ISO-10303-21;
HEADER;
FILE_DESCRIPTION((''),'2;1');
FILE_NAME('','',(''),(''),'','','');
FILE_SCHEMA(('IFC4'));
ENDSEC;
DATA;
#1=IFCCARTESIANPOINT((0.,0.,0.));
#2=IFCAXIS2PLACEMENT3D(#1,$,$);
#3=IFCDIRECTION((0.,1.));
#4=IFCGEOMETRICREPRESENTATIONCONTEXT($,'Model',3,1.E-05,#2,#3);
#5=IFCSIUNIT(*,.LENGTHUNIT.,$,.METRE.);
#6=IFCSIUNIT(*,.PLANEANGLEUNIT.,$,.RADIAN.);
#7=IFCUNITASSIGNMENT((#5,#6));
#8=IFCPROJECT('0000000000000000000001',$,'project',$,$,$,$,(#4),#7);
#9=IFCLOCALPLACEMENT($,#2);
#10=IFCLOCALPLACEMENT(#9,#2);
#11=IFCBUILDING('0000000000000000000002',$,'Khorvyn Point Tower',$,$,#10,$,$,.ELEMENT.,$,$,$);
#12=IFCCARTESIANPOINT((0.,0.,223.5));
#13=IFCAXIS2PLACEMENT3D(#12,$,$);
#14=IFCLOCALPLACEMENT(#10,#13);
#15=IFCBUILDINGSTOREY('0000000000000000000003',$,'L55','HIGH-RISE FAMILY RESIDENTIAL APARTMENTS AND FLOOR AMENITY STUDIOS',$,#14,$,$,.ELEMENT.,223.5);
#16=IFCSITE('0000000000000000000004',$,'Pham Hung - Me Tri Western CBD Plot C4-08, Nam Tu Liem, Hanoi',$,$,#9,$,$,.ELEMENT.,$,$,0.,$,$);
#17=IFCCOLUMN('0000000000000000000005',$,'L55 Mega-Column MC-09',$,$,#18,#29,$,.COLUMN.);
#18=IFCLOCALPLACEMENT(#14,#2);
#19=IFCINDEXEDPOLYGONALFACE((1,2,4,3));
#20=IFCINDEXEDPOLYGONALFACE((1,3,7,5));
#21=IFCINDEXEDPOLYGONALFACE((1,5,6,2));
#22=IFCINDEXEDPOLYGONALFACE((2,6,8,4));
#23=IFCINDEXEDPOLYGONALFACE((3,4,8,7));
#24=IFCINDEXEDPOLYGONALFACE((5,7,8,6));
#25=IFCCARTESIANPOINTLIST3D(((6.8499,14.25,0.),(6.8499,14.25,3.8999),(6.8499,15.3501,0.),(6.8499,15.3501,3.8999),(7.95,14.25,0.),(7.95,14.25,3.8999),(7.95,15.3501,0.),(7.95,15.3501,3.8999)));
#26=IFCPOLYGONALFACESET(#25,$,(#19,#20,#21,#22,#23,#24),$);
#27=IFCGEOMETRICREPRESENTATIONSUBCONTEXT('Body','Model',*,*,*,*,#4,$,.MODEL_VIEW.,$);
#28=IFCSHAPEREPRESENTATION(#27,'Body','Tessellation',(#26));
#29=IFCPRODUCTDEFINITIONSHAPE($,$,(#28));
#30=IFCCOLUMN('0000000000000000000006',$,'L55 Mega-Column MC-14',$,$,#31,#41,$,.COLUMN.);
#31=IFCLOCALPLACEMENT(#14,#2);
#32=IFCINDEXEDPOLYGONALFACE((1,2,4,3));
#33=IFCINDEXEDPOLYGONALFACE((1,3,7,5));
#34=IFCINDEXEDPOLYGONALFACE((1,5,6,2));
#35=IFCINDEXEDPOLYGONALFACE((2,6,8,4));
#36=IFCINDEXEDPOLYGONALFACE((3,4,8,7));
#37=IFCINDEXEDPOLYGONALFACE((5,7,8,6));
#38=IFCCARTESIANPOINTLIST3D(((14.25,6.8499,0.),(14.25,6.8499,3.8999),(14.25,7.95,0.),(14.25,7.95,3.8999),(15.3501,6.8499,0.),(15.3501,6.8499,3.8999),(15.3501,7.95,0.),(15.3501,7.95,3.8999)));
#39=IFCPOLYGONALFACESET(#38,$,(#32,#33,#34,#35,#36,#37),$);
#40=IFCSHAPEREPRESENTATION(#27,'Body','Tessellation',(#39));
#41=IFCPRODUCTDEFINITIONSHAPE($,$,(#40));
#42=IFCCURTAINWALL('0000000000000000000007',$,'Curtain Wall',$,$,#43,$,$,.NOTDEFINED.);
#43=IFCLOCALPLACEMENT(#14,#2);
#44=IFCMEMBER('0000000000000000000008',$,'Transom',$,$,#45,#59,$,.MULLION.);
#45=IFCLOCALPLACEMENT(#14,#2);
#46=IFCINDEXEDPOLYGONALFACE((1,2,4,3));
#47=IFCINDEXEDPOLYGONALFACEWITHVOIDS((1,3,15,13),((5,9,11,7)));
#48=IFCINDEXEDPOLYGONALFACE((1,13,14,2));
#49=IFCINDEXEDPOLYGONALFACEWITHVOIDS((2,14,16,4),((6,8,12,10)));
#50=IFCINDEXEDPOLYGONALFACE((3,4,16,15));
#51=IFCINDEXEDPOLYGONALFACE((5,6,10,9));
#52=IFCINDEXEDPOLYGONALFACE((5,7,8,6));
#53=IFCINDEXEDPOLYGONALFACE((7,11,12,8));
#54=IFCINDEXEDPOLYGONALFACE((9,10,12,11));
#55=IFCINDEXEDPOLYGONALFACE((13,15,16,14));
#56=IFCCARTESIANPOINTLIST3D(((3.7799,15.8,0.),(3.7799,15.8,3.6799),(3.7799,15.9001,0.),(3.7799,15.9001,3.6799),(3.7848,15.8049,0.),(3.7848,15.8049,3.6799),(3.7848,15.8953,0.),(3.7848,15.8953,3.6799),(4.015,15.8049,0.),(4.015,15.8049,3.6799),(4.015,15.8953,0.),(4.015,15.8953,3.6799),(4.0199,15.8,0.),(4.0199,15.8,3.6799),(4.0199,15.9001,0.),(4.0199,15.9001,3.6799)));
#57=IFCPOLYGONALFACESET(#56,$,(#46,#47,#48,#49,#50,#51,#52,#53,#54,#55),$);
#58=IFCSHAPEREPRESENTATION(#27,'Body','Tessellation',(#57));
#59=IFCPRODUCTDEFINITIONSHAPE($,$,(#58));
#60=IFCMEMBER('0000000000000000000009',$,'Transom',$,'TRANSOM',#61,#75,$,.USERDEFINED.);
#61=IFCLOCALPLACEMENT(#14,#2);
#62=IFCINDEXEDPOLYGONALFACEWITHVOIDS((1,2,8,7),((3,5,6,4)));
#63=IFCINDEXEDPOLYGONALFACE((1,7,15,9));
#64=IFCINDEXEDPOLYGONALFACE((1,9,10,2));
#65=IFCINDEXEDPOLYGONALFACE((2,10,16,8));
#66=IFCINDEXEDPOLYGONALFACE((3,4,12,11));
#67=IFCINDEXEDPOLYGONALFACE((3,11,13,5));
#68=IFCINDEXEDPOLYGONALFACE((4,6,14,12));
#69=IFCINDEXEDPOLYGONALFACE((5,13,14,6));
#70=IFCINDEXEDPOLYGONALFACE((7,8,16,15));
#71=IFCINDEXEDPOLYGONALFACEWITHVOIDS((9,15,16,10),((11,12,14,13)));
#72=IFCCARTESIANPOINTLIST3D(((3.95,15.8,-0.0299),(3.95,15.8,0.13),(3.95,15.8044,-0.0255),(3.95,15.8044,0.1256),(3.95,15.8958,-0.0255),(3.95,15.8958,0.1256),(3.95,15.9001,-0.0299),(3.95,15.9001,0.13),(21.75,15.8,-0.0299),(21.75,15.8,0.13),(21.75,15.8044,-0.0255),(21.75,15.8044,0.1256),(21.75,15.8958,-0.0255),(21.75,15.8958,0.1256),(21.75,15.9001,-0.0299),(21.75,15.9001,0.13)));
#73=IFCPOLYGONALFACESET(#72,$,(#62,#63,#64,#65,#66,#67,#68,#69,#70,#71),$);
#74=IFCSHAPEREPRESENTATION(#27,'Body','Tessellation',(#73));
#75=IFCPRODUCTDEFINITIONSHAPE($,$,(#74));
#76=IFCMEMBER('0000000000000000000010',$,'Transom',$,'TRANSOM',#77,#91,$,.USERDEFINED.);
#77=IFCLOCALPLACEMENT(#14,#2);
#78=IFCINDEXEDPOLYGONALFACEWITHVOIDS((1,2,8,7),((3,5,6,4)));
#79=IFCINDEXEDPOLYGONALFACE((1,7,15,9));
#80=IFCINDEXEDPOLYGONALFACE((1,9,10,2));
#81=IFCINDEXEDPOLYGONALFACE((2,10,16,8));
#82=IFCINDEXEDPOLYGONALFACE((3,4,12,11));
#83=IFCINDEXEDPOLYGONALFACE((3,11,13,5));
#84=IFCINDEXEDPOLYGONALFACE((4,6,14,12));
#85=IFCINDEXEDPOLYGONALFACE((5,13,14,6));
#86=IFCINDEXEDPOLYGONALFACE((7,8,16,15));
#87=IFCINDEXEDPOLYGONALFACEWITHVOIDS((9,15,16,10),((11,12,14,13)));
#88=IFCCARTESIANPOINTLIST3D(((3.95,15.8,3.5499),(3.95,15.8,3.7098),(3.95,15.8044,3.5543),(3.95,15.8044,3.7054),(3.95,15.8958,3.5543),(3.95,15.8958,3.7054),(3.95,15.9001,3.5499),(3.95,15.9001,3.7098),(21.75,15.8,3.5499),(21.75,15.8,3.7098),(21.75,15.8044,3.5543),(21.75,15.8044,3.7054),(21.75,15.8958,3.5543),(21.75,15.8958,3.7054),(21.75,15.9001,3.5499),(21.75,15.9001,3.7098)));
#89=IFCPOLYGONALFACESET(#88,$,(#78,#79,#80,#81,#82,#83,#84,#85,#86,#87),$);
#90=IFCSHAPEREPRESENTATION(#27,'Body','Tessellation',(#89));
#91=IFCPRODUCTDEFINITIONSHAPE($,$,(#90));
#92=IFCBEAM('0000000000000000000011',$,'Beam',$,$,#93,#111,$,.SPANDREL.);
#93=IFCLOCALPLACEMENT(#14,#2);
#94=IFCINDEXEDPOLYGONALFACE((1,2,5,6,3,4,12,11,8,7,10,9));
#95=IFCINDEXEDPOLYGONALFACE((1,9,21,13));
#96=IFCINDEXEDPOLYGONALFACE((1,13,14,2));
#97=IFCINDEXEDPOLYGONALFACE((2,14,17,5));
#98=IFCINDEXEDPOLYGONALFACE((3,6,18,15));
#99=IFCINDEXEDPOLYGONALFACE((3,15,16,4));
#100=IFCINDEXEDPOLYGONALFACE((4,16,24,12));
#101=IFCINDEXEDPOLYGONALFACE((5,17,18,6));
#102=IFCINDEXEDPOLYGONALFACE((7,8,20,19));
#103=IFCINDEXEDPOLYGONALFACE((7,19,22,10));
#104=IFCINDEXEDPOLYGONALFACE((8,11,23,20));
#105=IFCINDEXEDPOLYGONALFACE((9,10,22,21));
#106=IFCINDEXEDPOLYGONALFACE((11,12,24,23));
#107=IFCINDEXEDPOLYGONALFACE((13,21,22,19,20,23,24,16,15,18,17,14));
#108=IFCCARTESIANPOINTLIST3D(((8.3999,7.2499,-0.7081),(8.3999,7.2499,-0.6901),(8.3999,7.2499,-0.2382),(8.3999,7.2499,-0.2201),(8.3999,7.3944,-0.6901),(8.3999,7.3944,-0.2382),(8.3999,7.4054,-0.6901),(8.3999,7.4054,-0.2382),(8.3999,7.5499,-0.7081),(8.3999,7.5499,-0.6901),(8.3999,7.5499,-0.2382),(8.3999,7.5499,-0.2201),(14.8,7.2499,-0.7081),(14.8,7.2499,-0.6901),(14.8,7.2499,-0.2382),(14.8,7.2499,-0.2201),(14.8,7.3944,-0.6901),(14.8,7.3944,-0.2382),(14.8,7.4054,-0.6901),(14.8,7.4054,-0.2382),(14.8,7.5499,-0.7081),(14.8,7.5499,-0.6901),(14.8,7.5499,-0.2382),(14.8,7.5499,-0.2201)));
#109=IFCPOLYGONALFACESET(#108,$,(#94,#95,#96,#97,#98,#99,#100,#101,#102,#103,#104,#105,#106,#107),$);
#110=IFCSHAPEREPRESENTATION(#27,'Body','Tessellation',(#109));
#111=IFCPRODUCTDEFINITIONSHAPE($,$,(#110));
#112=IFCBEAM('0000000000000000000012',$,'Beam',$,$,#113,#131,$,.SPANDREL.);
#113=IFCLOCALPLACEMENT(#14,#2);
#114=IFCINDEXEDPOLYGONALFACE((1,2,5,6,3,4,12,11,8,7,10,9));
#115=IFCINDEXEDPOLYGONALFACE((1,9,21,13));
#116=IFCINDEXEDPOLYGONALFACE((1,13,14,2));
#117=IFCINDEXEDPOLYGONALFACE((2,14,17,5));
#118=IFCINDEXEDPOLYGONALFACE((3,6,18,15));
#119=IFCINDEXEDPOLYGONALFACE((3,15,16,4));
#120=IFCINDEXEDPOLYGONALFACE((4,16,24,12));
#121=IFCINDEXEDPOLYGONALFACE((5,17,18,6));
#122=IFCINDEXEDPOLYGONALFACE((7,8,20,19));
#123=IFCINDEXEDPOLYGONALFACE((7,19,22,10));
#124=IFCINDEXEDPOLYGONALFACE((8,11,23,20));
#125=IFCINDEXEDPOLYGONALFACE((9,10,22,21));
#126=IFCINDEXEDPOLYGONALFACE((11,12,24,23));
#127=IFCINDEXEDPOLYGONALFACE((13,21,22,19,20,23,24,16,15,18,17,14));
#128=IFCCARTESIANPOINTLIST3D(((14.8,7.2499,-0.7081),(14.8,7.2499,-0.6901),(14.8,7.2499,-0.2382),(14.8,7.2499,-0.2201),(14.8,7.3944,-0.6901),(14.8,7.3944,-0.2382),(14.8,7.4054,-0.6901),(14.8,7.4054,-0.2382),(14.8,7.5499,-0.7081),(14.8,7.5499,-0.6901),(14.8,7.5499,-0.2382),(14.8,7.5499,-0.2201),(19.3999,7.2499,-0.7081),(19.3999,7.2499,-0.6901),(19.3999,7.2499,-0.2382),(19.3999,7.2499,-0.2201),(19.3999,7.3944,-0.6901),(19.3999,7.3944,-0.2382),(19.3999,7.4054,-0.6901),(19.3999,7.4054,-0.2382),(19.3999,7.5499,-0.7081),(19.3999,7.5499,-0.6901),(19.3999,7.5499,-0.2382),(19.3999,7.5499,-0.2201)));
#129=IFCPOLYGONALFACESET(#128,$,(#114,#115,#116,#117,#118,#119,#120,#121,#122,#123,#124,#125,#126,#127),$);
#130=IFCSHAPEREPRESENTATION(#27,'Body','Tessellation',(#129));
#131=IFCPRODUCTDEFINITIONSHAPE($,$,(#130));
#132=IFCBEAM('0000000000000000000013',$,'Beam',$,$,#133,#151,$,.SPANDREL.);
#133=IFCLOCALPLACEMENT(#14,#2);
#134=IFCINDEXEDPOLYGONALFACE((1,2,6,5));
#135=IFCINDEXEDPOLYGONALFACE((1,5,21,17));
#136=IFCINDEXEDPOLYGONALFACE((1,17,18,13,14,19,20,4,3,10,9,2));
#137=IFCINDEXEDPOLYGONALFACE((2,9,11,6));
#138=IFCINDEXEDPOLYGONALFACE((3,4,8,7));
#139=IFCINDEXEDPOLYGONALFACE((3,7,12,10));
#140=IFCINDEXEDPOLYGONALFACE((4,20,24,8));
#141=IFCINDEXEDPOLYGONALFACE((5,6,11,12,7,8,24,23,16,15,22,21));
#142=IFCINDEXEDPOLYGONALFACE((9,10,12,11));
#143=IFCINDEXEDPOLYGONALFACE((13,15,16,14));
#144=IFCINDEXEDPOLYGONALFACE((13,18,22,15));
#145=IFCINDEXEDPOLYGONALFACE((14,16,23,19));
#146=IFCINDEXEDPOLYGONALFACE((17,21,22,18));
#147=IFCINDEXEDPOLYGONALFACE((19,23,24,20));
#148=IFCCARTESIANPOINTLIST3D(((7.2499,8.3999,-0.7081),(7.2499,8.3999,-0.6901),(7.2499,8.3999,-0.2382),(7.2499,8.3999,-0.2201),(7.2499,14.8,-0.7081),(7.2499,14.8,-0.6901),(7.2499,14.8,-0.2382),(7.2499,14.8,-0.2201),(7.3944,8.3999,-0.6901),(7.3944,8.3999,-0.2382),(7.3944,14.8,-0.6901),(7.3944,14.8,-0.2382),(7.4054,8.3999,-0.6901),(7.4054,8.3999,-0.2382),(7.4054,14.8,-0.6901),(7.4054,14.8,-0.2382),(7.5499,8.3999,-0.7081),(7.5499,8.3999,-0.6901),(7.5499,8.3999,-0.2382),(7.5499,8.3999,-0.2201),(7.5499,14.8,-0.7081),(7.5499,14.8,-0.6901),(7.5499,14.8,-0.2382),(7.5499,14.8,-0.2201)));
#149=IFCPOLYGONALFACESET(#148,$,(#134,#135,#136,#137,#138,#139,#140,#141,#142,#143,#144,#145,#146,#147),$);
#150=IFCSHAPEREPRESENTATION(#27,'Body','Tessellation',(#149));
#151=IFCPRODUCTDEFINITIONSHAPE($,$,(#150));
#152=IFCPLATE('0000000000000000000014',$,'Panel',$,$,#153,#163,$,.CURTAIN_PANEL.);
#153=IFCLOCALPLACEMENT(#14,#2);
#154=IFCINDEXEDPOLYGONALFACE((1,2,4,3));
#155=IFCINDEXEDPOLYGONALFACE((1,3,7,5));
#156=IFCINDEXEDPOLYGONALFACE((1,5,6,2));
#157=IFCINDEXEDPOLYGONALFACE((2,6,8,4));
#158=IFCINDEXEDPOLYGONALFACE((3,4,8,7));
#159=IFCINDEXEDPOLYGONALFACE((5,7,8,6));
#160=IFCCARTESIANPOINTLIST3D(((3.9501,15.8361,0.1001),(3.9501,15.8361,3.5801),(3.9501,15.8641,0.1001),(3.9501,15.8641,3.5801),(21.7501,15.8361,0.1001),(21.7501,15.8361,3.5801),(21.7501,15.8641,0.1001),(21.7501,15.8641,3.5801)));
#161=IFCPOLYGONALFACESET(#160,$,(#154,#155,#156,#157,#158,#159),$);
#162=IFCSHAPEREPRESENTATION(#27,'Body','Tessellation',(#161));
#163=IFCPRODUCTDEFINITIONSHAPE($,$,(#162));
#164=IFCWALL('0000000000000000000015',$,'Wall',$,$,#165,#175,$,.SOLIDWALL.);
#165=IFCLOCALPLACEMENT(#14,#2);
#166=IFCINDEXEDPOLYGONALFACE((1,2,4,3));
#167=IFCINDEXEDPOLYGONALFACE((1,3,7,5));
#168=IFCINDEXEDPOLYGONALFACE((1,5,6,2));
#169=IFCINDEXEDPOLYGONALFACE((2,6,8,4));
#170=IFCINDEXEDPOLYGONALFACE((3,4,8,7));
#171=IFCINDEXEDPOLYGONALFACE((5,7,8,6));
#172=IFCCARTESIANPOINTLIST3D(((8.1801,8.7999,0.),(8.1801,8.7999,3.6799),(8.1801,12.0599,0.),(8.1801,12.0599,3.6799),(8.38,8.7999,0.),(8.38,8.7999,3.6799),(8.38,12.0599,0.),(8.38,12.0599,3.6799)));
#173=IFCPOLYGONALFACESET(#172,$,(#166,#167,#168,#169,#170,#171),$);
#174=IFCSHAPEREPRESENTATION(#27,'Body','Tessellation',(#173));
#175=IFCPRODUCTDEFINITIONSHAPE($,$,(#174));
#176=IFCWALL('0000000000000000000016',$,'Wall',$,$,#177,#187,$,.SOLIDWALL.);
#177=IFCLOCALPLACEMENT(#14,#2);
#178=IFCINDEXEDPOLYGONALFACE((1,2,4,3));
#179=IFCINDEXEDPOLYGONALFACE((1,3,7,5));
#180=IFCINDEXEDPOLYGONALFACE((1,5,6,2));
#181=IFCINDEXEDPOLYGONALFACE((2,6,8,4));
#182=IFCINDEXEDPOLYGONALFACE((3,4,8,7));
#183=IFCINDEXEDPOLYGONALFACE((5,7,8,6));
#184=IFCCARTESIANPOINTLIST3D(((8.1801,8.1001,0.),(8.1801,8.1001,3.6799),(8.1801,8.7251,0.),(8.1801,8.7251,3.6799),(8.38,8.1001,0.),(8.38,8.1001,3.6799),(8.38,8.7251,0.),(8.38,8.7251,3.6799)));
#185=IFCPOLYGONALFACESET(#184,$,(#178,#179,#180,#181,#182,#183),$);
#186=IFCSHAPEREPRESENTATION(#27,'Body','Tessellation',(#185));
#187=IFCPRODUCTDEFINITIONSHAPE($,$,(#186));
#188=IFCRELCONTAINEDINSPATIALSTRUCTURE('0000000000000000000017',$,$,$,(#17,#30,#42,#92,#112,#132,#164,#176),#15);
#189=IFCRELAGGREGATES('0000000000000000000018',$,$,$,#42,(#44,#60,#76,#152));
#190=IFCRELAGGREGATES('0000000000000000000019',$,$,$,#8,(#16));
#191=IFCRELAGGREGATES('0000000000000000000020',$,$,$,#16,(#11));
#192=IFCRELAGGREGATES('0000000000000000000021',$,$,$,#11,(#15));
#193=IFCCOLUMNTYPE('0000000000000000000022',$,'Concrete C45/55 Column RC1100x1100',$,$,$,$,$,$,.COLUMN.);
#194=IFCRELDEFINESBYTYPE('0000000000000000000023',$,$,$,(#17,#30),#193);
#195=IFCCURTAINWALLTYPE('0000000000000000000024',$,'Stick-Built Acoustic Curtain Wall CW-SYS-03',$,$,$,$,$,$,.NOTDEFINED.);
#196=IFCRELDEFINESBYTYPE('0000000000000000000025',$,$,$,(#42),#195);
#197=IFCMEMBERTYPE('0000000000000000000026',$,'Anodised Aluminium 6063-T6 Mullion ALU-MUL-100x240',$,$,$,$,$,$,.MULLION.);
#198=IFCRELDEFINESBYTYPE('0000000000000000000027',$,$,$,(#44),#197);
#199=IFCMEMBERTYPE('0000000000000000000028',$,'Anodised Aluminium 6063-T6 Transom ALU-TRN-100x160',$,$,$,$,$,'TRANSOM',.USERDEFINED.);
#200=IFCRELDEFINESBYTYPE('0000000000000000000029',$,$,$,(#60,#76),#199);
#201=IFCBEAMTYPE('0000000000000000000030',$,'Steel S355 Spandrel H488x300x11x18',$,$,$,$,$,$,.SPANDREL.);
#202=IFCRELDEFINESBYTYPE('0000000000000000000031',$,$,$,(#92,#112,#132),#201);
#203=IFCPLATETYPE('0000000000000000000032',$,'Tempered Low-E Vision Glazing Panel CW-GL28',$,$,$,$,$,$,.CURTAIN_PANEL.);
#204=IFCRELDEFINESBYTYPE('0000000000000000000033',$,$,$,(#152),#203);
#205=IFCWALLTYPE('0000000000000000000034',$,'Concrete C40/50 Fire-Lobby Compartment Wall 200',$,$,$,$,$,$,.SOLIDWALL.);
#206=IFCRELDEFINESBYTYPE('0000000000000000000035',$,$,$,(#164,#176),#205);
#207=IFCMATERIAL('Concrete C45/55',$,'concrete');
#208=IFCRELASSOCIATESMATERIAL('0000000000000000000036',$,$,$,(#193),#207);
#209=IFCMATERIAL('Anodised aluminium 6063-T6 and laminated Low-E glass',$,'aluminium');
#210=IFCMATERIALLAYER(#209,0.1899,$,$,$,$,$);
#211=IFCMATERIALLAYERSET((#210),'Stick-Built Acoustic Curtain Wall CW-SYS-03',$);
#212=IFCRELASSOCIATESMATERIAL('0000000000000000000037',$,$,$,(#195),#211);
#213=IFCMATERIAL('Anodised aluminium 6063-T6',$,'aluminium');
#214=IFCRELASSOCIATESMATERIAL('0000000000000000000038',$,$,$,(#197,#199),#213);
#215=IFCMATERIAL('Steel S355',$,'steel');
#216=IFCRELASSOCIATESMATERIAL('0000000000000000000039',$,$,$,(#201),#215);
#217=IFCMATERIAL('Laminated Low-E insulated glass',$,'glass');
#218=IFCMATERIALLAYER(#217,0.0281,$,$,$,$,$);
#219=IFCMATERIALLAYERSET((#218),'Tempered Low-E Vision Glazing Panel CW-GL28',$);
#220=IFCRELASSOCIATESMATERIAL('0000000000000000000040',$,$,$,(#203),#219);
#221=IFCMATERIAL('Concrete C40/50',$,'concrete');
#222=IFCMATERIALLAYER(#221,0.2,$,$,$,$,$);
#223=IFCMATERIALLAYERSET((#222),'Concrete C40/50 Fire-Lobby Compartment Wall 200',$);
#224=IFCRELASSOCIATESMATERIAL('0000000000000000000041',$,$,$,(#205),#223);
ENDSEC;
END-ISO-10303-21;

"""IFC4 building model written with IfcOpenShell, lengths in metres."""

from ifc_helpers import new_model, si_unit, direction, frame, frame_2d, origin, origin_2d, place, context, subcontext, project, spatial, rectangle, hollow_rectangle, i_section, extrude, material, layer, layer_set, material_profile, profile_set, type_object, element, aggregate, save


model = new_model("IFC4")

# Units and contexts
model_context = context("Model", 3, precision=1e-05, world=origin(), true_north=direction((0.0, 1.0)))
body_context = subcontext(model_context, "Body", "Model", "MODEL_VIEW")
ifc_project = project(units=[si_unit("LENGTHUNIT", "METRE"), si_unit("PLANEANGLEUNIT", "RADIAN")], contexts=[model_context])

# Site, building, storey
site_placement = place(None, origin())
site = spatial("IfcSite", under=ifc_project, at=site_placement, Name="Pham Hung - Me Tri Western CBD Plot C4-08, Nam Tu Liem, Hanoi", CompositionType="ELEMENT", RefElevation=0.0)
building_placement = place(site_placement, origin())
building = spatial("IfcBuilding", under=site, at=building_placement, Name="Khorvyn Point Tower", CompositionType="ELEMENT")
storey_placement = place(building_placement, frame((0.0, 0.0, 223.5)))
storey = spatial("IfcBuildingStorey", under=building, at=storey_placement, Name="L55", Description="HIGH-RISE FAMILY RESIDENTIAL APARTMENTS AND FLOOR AMENITY STUDIOS", CompositionType="ELEMENT", Elevation=223.5)

# Columns
ifc_material_1 = material(Name="Concrete C45/55", Category="concrete")
ifc_material_profile_1 = material_profile(ifc_material_1, rectangle(XDim=1.1001, YDim=1.1001, at=origin_2d()))
ifc_profile_set_1 = profile_set([ifc_material_profile_1], Name="Concrete C45/55 RC1100x1100")
column_type = type_object("IfcColumnType", Name="Concrete C45/55 Column RC1100x1100", PredefinedType="COLUMN", material=ifc_profile_set_1)
for number, where, z_axis, x_axis, name in (
    (1, (7.3999, 14.8, 0.0), (0.0, 0.0, 1.0), (1.0, 0.0, 0.0), "L55 Mega-Column MC-09"),
    (2, (14.8, 7.3999, 0.0), (0.0, 0.0, 1.0), (1.0, 0.0, 0.0), "L55 Mega-Column MC-14"),
):
    element("IfcColumn", number, at=place(storey_placement, frame(where, z_axis=z_axis, x_axis=x_axis)), inside=storey, type_object=column_type, Name=name, PredefinedType="COLUMN", context=body_context, shape_type="SweptSolid", body=[
        extrude(rectangle(XDim=1.1001, YDim=1.1001, at=origin_2d()), origin(), (0.0, 0.0, 1.0), 3.8999),
    ])

# Curtain wall, members
ifc_material_2 = material(Name="Anodised aluminium 6063-T6 and laminated Low-E glass", Category="aluminium")
ifc_layer_1 = layer(ifc_material_2, 0.1899)
ifc_layer_set_1 = layer_set([ifc_layer_1], Name="Stick-Built Acoustic Curtain Wall CW-SYS-03")
curtain_wall_type = type_object("IfcCurtainWallType", Name="Stick-Built Acoustic Curtain Wall CW-SYS-03", PredefinedType="NOTDEFINED", material=ifc_layer_set_1)
curtain_wall_placement = place(storey_placement, origin())
curtain_wall = element("IfcCurtainWall", 3, at=curtain_wall_placement, inside=storey, type_object=curtain_wall_type, Name="Curtain Wall", PredefinedType="NOTDEFINED")
ifc_material_3 = material(Name="Anodised aluminium 6063-T6", Category="aluminium")
ifc_material_profile_2 = material_profile(ifc_material_3, hollow_rectangle(XDim=0.1001, YDim=0.24, WallThickness=0.0049, at=origin_2d()))
ifc_profile_set_2 = profile_set([ifc_material_profile_2], Name="Anodised aluminium 6063-T6 ALU-MUL-100x240")
member_type_1 = type_object("IfcMemberType", Name="Anodised Aluminium 6063-T6 Mullion ALU-MUL-100x240", PredefinedType="MULLION", material=ifc_profile_set_2)
member_1_placement = place(storey_placement, frame((3.8999, 15.8501, 0.0), z_axis=(0.0, 0.0, 1.0), x_axis=(0.0, 1.0, 0.0)))
member_1 = element("IfcMember", 4, at=member_1_placement, type_object=member_type_1, Name="Transom", PredefinedType="MULLION", context=body_context, shape_type="SweptSolid", body=[
    extrude(hollow_rectangle(XDim=0.1001, YDim=0.24, WallThickness=0.0049, at=origin_2d()), origin(), (0.0, 0.0, 1.0), 3.6799),
])
ifc_material_profile_3 = material_profile(ifc_material_3, hollow_rectangle(XDim=0.1001, YDim=0.1599, WallThickness=0.0044, at=origin_2d()))
ifc_profile_set_3 = profile_set([ifc_material_profile_3], Name="Anodised aluminium 6063-T6 ALU-TRN-100x160")
member_type_2 = type_object("IfcMemberType", Name="Anodised Aluminium 6063-T6 Transom ALU-TRN-100x160", ElementType="TRANSOM", PredefinedType="USERDEFINED", material=ifc_profile_set_3)
member_2_placement = place(storey_placement, frame((3.95, 15.8501, 0.05), z_axis=(1.0, 0.0, 0.0), x_axis=(0.0, 1.0, 0.0)))
member_2 = element("IfcMember", 5, at=member_2_placement, type_object=member_type_2, Name="Transom", ObjectType="TRANSOM", PredefinedType="USERDEFINED", context=body_context, shape_type="SweptSolid", body=[
    extrude(hollow_rectangle(XDim=0.1001, YDim=0.1599, WallThickness=0.0044, at=origin_2d()), origin(), (0.0, 0.0, 1.0), 17.8),
])
member_3_placement = place(storey_placement, frame((3.95, 15.8501, 3.6299), z_axis=(1.0, 0.0, 0.0), x_axis=(0.0, 1.0, 0.0)))
member_3 = element("IfcMember", 6, at=member_3_placement, type_object=member_type_2, Name="Transom", ObjectType="TRANSOM", PredefinedType="USERDEFINED", context=body_context, shape_type="SweptSolid", body=[
    extrude(hollow_rectangle(XDim=0.1001, YDim=0.1599, WallThickness=0.0044, at=origin_2d()), origin(), (0.0, 0.0, 1.0), 17.8),
])

# Beams
ifc_material_4 = material(Name="Steel S355", Category="steel")
ifc_material_profile_4 = material_profile(ifc_material_4, i_section(OverallWidth=0.3, OverallDepth=0.488, WebThickness=0.011, FlangeThickness=0.0181, at=origin_2d()))
ifc_profile_set_4 = profile_set([ifc_material_profile_4], Name="Steel S355 H488x300x11x18")
beam_type = type_object("IfcBeamType", Name="Steel S355 Spandrel H488x300x11x18", PredefinedType="SPANDREL", material=ifc_profile_set_4)
beam_1_placement = place(storey_placement, frame((8.3999, 7.3999, -0.4641), z_axis=(1.0, 0.0, 0.0), x_axis=(0.0, 1.0, 0.0)))
element("IfcBeam", 7, at=beam_1_placement, inside=storey, type_object=beam_type, Name="Beam", PredefinedType="SPANDREL", context=body_context, shape_type="SweptSolid", body=[
    extrude(i_section(OverallWidth=0.3, OverallDepth=0.488, WebThickness=0.011, FlangeThickness=0.0181, at=origin_2d()), origin(), (0.0, 0.0, 1.0), 6.4001),
])
beam_2_placement = place(storey_placement, frame((14.8, 7.3999, -0.4641), z_axis=(1.0, 0.0, 0.0), x_axis=(0.0, 1.0, 0.0)))
element("IfcBeam", 8, at=beam_2_placement, inside=storey, type_object=beam_type, Name="Beam", PredefinedType="SPANDREL", context=body_context, shape_type="SweptSolid", body=[
    extrude(i_section(OverallWidth=0.3, OverallDepth=0.488, WebThickness=0.011, FlangeThickness=0.0181, at=origin_2d()), origin(), (0.0, 0.0, 1.0), 4.5999),
])
beam_3_placement = place(storey_placement, frame((7.3999, 8.3999, -0.4641), z_axis=(0.0, 1.0, 0.0), x_axis=(-1.0, 0.0, 0.0)))
element("IfcBeam", 9, at=beam_3_placement, inside=storey, type_object=beam_type, Name="Beam", PredefinedType="SPANDREL", context=body_context, shape_type="SweptSolid", body=[
    extrude(i_section(OverallWidth=0.3, OverallDepth=0.488, WebThickness=0.011, FlangeThickness=0.0181, at=origin_2d()), origin(), (0.0, 0.0, 1.0), 6.4001),
])

# Plate
ifc_material_5 = material(Name="Laminated Low-E insulated glass", Category="glass")
ifc_layer_2 = layer(ifc_material_5, 0.0281)
ifc_layer_set_2 = layer_set([ifc_layer_2], Name="Tempered Low-E Vision Glazing Panel CW-GL28")
plate_type = type_object("IfcPlateType", Name="Tempered Low-E Vision Glazing Panel CW-GL28", PredefinedType="CURTAIN_PANEL", material=ifc_layer_set_2)
plate_placement = place(storey_placement, frame((12.8501, 15.8501, 0.1001), z_axis=(0.0, 0.0, 1.0), x_axis=(1.0, 0.0, 0.0)))
plate = element("IfcPlate", 10, at=plate_placement, type_object=plate_type, Name="Panel", PredefinedType="CURTAIN_PANEL", context=body_context, shape_type="SweptSolid", body=[
    extrude(rectangle(XDim=17.8, YDim=0.0281, at=origin_2d()), origin(), (0.0, 0.0, 1.0), 3.48),
])
aggregate(curtain_wall, [member_1, member_2, member_3, plate])

# Shared definitions
ifc_material_6 = material(Name="Concrete C40/50", Category="concrete")
ifc_layer_3 = layer(ifc_material_6, 0.2)
ifc_layer_set_3 = layer_set([ifc_layer_3], Name="Concrete C40/50 Fire-Lobby Compartment Wall 200")
wall_type_1 = type_object("IfcWallType", Name="Concrete C40/50 Fire-Lobby Compartment Wall 200", PredefinedType="SOLIDWALL", material=ifc_layer_set_3)

# Walls
wall_1_placement = place(storey_placement, frame((8.28, 8.8, 0.0), z_axis=(0.0, 0.0, 1.0), x_axis=(0.0, 1.0, 0.0)))
element("IfcWall", 11, at=wall_1_placement, inside=storey, type_object=wall_type_1, Name="Wall", PredefinedType="SOLIDWALL", context=body_context, shape_type="SweptSolid", body=[
    extrude(rectangle(XDim=3.26, YDim=0.2, at=frame_2d((1.6299, 0.0))), origin(), (0.0, 0.0, 1.0), 3.6799),
])
wall_2_placement = place(storey_placement, frame((8.28, 8.1001, 0.0), z_axis=(0.0, 0.0, 1.0), x_axis=(0.0, 1.0, 0.0)))
element("IfcWall", 12, at=wall_2_placement, inside=storey, type_object=wall_type_1, Name="Wall", PredefinedType="SOLIDWALL", context=body_context, shape_type="SweptSolid", body=[
    extrude(rectangle(XDim=0.625, YDim=0.2, at=frame_2d((0.3125, 0.0))), origin(), (0.0, 0.0, 1.0), 3.6799),
])

save(model, "model.ifc")
